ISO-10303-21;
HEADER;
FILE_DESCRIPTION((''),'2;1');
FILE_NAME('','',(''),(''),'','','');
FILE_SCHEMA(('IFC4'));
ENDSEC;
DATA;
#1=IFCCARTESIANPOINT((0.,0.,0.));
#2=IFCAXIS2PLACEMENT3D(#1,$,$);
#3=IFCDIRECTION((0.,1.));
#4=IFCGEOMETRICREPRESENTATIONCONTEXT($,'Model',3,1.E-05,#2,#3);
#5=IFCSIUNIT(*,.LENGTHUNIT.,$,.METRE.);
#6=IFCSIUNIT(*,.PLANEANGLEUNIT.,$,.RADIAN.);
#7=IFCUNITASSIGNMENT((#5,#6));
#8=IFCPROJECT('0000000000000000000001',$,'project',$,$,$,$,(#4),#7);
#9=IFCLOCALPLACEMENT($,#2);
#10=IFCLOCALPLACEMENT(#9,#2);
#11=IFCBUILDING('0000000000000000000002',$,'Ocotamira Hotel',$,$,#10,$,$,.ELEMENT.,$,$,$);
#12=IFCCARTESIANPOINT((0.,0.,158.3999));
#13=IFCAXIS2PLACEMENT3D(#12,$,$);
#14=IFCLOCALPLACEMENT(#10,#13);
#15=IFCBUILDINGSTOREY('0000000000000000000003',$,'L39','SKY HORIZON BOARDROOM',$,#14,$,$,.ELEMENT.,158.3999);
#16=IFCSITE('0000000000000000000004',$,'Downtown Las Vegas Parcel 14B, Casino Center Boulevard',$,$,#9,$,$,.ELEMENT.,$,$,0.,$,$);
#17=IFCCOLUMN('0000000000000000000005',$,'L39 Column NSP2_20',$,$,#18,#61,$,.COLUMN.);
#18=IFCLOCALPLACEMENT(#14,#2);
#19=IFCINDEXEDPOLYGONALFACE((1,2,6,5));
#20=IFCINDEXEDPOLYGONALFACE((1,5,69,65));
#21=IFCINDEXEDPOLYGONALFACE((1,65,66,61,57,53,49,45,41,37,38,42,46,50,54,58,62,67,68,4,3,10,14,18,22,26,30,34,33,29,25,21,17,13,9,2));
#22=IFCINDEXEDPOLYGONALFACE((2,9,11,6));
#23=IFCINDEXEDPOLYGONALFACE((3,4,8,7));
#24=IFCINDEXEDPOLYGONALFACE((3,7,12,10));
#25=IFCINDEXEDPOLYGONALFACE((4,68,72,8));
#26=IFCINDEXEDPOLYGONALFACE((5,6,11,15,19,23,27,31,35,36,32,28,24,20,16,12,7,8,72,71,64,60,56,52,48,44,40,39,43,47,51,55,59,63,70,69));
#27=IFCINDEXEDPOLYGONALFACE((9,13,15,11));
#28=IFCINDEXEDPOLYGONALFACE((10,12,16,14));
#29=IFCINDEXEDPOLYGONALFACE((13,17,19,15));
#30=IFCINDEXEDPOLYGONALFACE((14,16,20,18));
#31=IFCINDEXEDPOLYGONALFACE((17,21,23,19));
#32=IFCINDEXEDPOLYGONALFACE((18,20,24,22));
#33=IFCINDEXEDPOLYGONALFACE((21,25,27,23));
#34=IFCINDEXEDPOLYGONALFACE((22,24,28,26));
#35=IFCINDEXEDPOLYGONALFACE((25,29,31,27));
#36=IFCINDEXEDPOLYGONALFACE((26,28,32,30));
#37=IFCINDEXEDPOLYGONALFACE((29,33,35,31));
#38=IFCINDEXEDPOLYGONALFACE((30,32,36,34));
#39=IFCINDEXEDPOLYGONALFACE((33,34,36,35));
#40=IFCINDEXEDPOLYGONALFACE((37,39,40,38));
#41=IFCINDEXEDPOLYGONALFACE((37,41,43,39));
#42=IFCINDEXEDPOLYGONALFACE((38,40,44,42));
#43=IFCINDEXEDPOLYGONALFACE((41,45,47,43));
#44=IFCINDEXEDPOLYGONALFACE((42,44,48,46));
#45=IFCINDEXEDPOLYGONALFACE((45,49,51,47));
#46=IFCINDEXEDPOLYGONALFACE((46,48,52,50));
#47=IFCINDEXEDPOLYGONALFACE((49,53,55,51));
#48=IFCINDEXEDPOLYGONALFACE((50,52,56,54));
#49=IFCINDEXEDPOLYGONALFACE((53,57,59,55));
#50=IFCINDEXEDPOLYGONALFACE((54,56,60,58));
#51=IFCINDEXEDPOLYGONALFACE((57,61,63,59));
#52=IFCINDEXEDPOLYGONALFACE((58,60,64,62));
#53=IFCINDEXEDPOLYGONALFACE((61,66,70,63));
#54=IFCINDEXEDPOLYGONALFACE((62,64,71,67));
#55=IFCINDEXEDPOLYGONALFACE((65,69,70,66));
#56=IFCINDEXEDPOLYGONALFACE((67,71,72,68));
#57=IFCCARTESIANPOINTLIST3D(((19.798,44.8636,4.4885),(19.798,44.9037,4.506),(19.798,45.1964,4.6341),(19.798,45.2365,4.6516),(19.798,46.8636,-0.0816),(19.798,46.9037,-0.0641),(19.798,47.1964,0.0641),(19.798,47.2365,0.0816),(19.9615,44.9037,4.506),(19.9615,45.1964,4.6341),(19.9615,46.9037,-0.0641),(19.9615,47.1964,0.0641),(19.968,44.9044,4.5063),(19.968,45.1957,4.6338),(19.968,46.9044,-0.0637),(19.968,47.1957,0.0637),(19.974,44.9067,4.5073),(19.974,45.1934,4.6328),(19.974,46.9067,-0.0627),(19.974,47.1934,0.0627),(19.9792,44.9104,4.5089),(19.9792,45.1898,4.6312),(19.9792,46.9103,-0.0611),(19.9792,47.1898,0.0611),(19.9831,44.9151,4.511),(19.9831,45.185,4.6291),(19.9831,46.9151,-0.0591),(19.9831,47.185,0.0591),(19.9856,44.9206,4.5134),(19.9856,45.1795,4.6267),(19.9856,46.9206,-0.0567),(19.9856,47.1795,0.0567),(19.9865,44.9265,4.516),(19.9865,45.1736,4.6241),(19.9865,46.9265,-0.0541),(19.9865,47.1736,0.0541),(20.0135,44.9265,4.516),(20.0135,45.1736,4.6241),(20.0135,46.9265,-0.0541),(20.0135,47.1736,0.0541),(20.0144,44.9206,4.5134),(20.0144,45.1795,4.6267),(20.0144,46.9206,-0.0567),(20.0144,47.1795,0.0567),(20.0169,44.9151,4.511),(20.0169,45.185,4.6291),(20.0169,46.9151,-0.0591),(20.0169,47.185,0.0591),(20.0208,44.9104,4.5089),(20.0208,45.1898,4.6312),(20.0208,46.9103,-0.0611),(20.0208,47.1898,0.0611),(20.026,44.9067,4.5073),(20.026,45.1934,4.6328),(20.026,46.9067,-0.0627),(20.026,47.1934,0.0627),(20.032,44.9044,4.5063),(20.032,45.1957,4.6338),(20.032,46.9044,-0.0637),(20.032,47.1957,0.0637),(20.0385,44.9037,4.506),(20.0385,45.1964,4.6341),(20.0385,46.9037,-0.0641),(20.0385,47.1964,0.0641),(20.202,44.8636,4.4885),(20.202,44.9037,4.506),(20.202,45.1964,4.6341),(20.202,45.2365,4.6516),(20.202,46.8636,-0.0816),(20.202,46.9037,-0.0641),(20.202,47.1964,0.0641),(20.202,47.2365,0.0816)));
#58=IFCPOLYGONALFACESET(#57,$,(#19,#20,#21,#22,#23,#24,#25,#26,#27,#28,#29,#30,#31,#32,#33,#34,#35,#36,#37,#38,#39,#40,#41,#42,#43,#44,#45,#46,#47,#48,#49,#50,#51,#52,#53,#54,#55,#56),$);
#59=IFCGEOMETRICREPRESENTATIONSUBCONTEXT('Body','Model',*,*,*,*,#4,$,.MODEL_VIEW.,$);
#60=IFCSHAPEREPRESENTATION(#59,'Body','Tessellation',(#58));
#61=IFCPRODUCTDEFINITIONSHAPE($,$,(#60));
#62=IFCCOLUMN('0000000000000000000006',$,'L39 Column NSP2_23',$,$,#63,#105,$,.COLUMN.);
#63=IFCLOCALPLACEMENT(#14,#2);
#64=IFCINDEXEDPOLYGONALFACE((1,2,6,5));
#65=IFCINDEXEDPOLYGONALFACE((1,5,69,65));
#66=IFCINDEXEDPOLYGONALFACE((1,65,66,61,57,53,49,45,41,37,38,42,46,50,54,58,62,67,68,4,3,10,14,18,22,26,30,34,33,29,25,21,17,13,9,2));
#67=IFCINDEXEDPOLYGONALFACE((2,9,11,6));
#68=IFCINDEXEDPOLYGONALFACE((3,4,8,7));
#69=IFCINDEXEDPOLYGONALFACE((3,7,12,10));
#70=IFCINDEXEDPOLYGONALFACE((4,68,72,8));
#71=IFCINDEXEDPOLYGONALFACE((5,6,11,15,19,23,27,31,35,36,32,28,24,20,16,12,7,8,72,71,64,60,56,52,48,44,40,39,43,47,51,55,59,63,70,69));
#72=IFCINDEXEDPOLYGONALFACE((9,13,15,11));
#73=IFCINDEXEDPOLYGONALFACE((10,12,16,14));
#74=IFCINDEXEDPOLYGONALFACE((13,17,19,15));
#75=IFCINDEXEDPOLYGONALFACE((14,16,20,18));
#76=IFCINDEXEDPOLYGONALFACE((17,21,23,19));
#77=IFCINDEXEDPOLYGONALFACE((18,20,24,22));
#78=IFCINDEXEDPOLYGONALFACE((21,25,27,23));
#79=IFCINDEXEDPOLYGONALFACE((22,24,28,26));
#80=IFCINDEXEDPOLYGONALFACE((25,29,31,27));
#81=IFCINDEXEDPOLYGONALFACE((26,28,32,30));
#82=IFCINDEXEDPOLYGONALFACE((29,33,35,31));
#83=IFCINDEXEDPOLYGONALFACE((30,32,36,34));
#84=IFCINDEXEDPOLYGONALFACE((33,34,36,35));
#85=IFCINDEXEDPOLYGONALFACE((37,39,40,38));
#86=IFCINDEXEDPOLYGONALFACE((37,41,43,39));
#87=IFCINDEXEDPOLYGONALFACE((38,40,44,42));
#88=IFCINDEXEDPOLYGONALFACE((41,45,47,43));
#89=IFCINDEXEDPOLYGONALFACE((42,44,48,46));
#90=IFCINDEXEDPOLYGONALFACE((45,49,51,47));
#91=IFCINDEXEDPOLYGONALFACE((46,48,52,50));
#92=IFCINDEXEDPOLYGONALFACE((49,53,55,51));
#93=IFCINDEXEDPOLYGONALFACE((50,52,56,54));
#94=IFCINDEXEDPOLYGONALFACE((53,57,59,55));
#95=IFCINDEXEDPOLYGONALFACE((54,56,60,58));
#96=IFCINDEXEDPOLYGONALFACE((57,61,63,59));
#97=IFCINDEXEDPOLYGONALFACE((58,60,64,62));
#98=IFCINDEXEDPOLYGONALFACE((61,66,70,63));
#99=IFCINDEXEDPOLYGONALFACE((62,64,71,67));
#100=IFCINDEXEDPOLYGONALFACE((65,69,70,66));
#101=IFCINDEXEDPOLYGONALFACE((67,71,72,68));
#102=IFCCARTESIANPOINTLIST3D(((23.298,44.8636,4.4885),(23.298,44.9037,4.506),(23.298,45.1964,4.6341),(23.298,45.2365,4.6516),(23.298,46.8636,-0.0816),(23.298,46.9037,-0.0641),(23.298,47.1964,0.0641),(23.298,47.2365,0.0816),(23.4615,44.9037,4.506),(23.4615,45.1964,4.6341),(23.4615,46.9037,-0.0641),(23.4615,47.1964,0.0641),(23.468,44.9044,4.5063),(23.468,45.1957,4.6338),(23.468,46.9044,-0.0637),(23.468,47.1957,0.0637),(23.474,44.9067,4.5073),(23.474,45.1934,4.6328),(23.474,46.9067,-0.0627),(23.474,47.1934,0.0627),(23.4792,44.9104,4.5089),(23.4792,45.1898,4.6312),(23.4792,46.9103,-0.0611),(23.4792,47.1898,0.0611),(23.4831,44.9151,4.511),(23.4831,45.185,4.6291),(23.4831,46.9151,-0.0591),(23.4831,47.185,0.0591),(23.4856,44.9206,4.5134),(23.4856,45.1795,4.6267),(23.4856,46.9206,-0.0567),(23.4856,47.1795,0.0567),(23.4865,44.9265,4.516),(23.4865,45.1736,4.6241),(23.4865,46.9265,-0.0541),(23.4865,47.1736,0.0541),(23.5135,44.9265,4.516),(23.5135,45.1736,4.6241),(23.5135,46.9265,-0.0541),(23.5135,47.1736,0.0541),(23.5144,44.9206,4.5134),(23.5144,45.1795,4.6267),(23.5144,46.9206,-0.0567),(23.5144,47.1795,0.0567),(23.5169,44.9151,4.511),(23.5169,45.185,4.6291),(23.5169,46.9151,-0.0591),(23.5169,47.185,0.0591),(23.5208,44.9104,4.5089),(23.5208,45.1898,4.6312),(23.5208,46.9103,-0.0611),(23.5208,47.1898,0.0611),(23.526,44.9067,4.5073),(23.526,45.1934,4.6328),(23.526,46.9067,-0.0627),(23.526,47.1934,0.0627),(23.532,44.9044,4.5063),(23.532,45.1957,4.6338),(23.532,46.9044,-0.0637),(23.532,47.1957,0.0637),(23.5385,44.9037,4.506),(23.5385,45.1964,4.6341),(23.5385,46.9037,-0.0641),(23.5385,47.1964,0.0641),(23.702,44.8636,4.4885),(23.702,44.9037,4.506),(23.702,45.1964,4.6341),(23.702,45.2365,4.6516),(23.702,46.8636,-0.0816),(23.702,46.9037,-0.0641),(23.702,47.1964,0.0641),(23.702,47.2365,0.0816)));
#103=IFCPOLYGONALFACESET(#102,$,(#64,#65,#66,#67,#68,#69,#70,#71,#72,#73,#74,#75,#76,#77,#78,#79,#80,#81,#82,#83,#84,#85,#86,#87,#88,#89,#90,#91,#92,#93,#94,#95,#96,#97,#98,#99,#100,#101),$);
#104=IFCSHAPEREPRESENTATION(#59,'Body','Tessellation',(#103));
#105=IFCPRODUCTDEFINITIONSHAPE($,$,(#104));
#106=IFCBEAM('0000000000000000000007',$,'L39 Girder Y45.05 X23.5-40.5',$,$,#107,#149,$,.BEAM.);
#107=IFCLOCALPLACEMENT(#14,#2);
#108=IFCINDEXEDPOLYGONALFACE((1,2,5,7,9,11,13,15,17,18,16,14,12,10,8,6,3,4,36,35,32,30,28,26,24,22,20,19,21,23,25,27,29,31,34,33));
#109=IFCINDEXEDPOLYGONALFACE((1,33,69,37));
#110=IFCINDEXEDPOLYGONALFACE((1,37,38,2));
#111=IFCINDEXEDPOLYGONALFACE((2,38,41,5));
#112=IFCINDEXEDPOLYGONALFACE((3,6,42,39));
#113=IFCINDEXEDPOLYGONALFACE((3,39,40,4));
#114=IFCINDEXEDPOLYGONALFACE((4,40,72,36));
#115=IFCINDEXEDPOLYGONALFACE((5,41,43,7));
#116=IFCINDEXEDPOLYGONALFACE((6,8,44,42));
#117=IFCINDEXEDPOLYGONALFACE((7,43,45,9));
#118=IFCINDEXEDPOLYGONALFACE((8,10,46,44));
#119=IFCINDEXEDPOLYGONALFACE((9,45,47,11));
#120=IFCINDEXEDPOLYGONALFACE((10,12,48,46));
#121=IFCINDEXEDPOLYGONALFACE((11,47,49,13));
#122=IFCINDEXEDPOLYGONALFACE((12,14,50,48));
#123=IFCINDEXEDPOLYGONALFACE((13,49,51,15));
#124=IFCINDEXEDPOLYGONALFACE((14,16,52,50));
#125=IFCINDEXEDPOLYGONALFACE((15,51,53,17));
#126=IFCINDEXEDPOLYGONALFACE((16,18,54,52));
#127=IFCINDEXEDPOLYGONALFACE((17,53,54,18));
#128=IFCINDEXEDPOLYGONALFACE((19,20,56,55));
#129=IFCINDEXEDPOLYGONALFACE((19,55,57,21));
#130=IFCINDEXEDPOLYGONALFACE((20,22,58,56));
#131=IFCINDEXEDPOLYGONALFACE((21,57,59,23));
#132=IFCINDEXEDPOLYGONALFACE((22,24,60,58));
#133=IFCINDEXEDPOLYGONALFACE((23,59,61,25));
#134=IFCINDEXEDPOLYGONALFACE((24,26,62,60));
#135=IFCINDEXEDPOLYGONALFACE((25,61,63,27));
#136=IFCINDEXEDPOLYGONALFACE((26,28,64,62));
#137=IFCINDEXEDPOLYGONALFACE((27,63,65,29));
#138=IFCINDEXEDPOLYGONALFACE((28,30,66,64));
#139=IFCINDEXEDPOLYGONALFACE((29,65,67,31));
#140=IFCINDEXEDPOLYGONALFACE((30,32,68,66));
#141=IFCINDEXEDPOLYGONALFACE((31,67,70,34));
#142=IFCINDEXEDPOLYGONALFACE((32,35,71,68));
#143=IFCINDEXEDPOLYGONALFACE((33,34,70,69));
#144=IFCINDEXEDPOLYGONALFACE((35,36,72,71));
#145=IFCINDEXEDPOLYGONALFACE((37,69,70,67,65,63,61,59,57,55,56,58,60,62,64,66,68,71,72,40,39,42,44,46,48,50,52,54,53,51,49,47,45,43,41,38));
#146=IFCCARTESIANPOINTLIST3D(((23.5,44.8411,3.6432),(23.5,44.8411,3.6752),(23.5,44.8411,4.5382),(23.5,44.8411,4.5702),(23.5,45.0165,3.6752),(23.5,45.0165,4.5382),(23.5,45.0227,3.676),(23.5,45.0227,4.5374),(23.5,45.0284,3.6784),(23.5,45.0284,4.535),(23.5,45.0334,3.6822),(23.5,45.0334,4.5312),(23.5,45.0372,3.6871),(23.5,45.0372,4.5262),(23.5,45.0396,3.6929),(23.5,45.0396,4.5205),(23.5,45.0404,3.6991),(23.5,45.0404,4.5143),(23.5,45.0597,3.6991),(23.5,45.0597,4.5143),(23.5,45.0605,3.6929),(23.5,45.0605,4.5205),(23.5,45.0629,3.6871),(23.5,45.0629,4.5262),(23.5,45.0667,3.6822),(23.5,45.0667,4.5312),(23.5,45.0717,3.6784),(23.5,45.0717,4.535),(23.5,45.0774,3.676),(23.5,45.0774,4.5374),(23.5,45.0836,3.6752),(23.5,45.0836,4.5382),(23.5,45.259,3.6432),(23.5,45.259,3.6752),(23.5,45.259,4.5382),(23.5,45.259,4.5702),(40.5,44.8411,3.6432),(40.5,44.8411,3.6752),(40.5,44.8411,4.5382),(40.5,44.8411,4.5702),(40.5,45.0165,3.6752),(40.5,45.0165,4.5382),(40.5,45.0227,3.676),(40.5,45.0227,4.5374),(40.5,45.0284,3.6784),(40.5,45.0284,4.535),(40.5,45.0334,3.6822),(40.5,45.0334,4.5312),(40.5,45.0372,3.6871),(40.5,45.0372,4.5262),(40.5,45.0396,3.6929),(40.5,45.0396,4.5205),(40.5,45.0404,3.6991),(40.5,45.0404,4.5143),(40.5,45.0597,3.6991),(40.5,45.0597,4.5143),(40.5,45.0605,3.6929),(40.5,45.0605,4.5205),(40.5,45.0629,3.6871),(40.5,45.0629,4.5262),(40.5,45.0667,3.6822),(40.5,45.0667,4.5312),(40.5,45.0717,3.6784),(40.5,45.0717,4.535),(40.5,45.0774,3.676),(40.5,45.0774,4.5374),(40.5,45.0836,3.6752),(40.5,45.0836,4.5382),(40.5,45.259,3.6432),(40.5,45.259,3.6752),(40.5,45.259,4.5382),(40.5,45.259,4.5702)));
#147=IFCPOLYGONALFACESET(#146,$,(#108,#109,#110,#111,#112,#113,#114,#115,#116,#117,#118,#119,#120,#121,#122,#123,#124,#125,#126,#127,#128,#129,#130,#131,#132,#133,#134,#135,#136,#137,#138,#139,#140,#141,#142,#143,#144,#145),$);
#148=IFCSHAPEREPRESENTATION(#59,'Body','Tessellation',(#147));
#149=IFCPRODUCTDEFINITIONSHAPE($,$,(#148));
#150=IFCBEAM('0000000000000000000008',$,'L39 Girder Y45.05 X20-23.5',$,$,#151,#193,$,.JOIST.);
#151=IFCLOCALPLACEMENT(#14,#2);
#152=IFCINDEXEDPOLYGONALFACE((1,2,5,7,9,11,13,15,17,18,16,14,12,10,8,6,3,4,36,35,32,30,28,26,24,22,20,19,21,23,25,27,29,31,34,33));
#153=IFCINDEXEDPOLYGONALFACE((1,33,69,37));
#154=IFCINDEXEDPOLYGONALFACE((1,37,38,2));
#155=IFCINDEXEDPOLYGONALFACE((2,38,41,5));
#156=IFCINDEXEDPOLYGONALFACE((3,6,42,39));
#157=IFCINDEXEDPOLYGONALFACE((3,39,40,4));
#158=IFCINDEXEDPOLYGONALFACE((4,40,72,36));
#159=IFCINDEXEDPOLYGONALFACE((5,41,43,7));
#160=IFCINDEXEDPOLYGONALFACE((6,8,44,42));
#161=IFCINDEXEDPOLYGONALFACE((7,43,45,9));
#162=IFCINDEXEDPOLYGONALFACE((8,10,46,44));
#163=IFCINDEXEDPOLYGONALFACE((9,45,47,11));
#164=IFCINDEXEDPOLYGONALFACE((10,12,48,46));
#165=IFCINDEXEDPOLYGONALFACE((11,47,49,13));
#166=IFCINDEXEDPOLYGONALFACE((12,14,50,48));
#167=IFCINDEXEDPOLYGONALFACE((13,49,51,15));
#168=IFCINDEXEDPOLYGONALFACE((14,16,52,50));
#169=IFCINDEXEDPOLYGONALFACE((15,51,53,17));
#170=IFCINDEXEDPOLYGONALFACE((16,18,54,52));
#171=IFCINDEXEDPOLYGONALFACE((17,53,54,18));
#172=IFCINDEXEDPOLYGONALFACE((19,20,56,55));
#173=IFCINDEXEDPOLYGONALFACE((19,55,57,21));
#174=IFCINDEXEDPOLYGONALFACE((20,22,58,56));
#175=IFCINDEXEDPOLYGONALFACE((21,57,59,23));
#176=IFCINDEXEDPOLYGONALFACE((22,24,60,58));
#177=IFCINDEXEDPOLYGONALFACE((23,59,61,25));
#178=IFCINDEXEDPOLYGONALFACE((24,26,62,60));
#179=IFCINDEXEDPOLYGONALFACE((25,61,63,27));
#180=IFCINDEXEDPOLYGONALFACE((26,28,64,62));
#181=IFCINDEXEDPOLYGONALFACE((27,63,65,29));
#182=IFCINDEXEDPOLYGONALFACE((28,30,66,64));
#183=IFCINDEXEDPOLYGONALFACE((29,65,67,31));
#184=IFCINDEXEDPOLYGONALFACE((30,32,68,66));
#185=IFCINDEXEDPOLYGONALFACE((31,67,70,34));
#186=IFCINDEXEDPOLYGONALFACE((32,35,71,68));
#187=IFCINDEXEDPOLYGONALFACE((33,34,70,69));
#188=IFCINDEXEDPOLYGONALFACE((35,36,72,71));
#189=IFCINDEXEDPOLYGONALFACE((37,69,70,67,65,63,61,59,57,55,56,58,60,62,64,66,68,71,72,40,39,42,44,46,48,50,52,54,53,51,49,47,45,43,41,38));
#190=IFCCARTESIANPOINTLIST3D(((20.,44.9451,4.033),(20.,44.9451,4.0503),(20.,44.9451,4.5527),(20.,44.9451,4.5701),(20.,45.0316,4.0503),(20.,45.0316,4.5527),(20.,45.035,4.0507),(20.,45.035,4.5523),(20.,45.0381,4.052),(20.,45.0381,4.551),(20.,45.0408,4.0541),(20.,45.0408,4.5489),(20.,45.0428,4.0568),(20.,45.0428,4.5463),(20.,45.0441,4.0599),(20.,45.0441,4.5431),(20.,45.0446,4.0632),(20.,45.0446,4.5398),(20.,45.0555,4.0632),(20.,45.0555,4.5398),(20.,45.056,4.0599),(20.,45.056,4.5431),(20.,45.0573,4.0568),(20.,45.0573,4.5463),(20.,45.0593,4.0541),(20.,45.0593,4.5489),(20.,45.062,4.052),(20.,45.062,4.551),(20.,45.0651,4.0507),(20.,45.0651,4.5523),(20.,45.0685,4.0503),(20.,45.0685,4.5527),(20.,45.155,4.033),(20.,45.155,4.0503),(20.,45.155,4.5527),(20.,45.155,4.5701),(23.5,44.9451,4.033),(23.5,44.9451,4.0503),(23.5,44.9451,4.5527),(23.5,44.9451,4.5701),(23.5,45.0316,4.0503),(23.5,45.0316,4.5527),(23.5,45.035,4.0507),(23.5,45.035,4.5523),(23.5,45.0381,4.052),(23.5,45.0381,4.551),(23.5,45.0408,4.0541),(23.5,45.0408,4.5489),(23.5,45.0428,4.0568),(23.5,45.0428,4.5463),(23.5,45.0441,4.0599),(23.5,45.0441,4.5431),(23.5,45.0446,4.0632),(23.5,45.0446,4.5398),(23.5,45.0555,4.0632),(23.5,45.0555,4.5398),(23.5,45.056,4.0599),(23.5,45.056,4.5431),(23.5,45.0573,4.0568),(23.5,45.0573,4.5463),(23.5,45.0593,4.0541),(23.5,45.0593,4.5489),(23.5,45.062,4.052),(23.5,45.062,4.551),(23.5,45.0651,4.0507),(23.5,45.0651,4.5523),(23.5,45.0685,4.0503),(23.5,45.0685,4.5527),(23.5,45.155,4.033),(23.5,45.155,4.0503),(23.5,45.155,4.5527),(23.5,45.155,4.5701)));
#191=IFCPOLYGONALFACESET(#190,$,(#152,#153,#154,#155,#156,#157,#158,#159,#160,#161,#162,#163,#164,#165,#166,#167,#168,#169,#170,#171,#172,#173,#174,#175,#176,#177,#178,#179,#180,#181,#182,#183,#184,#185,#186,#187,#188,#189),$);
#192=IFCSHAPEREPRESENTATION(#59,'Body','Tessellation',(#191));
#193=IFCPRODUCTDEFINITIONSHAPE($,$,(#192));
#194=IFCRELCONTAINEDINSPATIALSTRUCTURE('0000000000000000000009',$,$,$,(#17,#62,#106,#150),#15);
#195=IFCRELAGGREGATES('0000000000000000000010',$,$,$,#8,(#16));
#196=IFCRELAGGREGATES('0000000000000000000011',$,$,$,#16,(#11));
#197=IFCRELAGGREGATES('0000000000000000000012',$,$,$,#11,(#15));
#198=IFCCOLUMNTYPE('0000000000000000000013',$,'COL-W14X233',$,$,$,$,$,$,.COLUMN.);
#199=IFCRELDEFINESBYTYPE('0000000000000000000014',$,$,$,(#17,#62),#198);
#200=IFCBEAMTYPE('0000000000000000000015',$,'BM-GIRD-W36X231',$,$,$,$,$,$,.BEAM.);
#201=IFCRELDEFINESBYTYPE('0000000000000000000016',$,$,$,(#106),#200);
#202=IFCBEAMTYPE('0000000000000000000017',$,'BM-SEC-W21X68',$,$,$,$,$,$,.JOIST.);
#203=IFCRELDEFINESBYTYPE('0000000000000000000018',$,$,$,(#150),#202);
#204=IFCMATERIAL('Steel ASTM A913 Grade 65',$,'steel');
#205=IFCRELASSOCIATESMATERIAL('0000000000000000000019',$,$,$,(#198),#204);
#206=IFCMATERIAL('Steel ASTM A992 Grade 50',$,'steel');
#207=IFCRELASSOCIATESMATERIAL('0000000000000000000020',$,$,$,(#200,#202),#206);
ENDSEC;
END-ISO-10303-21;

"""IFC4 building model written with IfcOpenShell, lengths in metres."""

from ifc_helpers import new_model, si_unit, direction, frame, origin, origin_2d, place, context, subcontext, project, spatial, i_section, extrude, source, transform, mapped, material, material_profile, profile_set, type_object, element, save


model = new_model("IFC4")

# Units and contexts
model_context = context("Model", 3, precision=1e-05, world=origin(), true_north=direction((0.0, 1.0)))
body_context = subcontext(model_context, "Body", "Model", "MODEL_VIEW")
ifc_project = project(units=[si_unit("LENGTHUNIT", "METRE"), si_unit("PLANEANGLEUNIT", "RADIAN")], contexts=[model_context])

# Site, building, storey
site_placement = place(None, origin())
site = spatial("IfcSite", under=ifc_project, at=site_placement, Name="Downtown Las Vegas Parcel 14B, Casino Center Boulevard", CompositionType="ELEMENT", RefElevation=0.0)
building_placement = place(site_placement, origin())
building = spatial("IfcBuilding", under=site, at=building_placement, Name="Ocotamira Hotel", CompositionType="ELEMENT")
storey_placement = place(building_placement, frame((0.0, 0.0, 158.3999)))
storey = spatial("IfcBuildingStorey", under=building, at=storey_placement, Name="L39", Description="SKY HORIZON BOARDROOM", CompositionType="ELEMENT", Elevation=158.3999)

# Columns
ifc_material_1 = material(Name="Steel ASTM A913 Grade 65", Category="steel")
ifc_material_profile_1 = material_profile(ifc_material_1, i_section(OverallWidth=0.4041, OverallDepth=0.407, WebThickness=0.0271, FlangeThickness=0.0437, FilletRadius=0.0249, at=origin_2d()), Name="W14X233")
ifc_profile_set_1 = profile_set([ifc_material_profile_1], Name="Steel ASTM A913 Grade 65")
column_type = type_object("IfcColumnType", Name="COL-W14X233", PredefinedType="COLUMN", material=ifc_profile_set_1)
shared_shape_1 = source(origin(), body_context, "Body", "SweptSolid", [
    extrude(i_section(OverallWidth=0.4041, OverallDepth=0.407, WebThickness=0.0271, FlangeThickness=0.0437, FilletRadius=0.0249, at=origin_2d()), origin(), (0.0, 0.0, 1.0), 4.9885),
])
for number, where, z_axis, x_axis, name in (
    (1, (20.0, 47.05, 0.0), (0.0, -0.400919, 0.916114), (1.0, 0.0, 0.0), "L39 Column NSP2_20"),
    (2, (23.5, 47.05, 0.0), (0.0, -0.400919, 0.916114), (1.0, 0.0, 0.0), "L39 Column NSP2_23"),
):
    element("IfcColumn", number, at=place(storey_placement, frame(where, z_axis=z_axis, x_axis=x_axis)), inside=storey, type_object=column_type, Name=name, PredefinedType="COLUMN", context=body_context, shape_type="MappedRepresentation", body=[
        mapped(shared_shape_1, transform((0.0, 0.0, 0.0), scale=1.0)),
    ])

# Beams
ifc_material_2 = material(Name="Steel ASTM A992 Grade 50", Category="steel")
ifc_material_profile_2 = material_profile(ifc_material_2, i_section(OverallWidth=0.418, OverallDepth=0.927, WebThickness=0.0193, FlangeThickness=0.032, FilletRadius=0.0239, at=origin_2d()), Name="W36X231")
ifc_profile_set_2 = profile_set([ifc_material_profile_2], Name="Steel ASTM A992 Grade 50")
beam_type_1 = type_object("IfcBeamType", Name="BM-GIRD-W36X231", PredefinedType="BEAM", material=ifc_profile_set_2)
shared_shape_2 = source(origin(), body_context, "Body", "SweptSolid", [
    extrude(i_section(OverallWidth=0.418, OverallDepth=0.927, WebThickness=0.0193, FlangeThickness=0.032, FilletRadius=0.0239, at=origin_2d()), origin(), (0.0, 0.0, 1.0), 17.0),
])
beam_1_placement = place(storey_placement, frame((23.5, 45.05, 4.1067), z_axis=(1.0, 0.0, 0.0), x_axis=(0.0, 1.0, 0.0)))
element("IfcBeam", 3, at=beam_1_placement, inside=storey, type_object=beam_type_1, Name="L39 Girder Y45.05 X23.5-40.5", PredefinedType="BEAM", context=body_context, shape_type="MappedRepresentation", body=[
    mapped(shared_shape_2, transform((0.0, 0.0, 0.0), scale=1.0)),
])
ifc_material_profile_3 = material_profile(ifc_material_2, i_section(OverallWidth=0.21, OverallDepth=0.5371, WebThickness=0.011, FlangeThickness=0.0173, FilletRadius=0.0129, at=origin_2d()), Name="W21X68")
ifc_profile_set_3 = profile_set([ifc_material_profile_3], Name="Steel ASTM A992 Grade 50")
beam_type_2 = type_object("IfcBeamType", Name="BM-SEC-W21X68", PredefinedType="JOIST", material=ifc_profile_set_3)
shared_shape_3 = source(origin(), body_context, "Body", "SweptSolid", [
    extrude(i_section(OverallWidth=0.21, OverallDepth=0.5371, WebThickness=0.011, FlangeThickness=0.0173, FilletRadius=0.0129, at=origin_2d()), origin(), (0.0, 0.0, 1.0), 3.5),
])
beam_2_placement = place(storey_placement, frame((20.0, 45.05, 4.3015), z_axis=(1.0, 0.0, 0.0), x_axis=(0.0, 1.0, 0.0)))
element("IfcBeam", 4, at=beam_2_placement, inside=storey, type_object=beam_type_2, Name="L39 Girder Y45.05 X20-23.5", PredefinedType="JOIST", context=body_context, shape_type="MappedRepresentation", body=[
    mapped(shared_shape_3, transform((0.0, 0.0, 0.0), scale=1.0)),
])

save(model, "model.ifc")
